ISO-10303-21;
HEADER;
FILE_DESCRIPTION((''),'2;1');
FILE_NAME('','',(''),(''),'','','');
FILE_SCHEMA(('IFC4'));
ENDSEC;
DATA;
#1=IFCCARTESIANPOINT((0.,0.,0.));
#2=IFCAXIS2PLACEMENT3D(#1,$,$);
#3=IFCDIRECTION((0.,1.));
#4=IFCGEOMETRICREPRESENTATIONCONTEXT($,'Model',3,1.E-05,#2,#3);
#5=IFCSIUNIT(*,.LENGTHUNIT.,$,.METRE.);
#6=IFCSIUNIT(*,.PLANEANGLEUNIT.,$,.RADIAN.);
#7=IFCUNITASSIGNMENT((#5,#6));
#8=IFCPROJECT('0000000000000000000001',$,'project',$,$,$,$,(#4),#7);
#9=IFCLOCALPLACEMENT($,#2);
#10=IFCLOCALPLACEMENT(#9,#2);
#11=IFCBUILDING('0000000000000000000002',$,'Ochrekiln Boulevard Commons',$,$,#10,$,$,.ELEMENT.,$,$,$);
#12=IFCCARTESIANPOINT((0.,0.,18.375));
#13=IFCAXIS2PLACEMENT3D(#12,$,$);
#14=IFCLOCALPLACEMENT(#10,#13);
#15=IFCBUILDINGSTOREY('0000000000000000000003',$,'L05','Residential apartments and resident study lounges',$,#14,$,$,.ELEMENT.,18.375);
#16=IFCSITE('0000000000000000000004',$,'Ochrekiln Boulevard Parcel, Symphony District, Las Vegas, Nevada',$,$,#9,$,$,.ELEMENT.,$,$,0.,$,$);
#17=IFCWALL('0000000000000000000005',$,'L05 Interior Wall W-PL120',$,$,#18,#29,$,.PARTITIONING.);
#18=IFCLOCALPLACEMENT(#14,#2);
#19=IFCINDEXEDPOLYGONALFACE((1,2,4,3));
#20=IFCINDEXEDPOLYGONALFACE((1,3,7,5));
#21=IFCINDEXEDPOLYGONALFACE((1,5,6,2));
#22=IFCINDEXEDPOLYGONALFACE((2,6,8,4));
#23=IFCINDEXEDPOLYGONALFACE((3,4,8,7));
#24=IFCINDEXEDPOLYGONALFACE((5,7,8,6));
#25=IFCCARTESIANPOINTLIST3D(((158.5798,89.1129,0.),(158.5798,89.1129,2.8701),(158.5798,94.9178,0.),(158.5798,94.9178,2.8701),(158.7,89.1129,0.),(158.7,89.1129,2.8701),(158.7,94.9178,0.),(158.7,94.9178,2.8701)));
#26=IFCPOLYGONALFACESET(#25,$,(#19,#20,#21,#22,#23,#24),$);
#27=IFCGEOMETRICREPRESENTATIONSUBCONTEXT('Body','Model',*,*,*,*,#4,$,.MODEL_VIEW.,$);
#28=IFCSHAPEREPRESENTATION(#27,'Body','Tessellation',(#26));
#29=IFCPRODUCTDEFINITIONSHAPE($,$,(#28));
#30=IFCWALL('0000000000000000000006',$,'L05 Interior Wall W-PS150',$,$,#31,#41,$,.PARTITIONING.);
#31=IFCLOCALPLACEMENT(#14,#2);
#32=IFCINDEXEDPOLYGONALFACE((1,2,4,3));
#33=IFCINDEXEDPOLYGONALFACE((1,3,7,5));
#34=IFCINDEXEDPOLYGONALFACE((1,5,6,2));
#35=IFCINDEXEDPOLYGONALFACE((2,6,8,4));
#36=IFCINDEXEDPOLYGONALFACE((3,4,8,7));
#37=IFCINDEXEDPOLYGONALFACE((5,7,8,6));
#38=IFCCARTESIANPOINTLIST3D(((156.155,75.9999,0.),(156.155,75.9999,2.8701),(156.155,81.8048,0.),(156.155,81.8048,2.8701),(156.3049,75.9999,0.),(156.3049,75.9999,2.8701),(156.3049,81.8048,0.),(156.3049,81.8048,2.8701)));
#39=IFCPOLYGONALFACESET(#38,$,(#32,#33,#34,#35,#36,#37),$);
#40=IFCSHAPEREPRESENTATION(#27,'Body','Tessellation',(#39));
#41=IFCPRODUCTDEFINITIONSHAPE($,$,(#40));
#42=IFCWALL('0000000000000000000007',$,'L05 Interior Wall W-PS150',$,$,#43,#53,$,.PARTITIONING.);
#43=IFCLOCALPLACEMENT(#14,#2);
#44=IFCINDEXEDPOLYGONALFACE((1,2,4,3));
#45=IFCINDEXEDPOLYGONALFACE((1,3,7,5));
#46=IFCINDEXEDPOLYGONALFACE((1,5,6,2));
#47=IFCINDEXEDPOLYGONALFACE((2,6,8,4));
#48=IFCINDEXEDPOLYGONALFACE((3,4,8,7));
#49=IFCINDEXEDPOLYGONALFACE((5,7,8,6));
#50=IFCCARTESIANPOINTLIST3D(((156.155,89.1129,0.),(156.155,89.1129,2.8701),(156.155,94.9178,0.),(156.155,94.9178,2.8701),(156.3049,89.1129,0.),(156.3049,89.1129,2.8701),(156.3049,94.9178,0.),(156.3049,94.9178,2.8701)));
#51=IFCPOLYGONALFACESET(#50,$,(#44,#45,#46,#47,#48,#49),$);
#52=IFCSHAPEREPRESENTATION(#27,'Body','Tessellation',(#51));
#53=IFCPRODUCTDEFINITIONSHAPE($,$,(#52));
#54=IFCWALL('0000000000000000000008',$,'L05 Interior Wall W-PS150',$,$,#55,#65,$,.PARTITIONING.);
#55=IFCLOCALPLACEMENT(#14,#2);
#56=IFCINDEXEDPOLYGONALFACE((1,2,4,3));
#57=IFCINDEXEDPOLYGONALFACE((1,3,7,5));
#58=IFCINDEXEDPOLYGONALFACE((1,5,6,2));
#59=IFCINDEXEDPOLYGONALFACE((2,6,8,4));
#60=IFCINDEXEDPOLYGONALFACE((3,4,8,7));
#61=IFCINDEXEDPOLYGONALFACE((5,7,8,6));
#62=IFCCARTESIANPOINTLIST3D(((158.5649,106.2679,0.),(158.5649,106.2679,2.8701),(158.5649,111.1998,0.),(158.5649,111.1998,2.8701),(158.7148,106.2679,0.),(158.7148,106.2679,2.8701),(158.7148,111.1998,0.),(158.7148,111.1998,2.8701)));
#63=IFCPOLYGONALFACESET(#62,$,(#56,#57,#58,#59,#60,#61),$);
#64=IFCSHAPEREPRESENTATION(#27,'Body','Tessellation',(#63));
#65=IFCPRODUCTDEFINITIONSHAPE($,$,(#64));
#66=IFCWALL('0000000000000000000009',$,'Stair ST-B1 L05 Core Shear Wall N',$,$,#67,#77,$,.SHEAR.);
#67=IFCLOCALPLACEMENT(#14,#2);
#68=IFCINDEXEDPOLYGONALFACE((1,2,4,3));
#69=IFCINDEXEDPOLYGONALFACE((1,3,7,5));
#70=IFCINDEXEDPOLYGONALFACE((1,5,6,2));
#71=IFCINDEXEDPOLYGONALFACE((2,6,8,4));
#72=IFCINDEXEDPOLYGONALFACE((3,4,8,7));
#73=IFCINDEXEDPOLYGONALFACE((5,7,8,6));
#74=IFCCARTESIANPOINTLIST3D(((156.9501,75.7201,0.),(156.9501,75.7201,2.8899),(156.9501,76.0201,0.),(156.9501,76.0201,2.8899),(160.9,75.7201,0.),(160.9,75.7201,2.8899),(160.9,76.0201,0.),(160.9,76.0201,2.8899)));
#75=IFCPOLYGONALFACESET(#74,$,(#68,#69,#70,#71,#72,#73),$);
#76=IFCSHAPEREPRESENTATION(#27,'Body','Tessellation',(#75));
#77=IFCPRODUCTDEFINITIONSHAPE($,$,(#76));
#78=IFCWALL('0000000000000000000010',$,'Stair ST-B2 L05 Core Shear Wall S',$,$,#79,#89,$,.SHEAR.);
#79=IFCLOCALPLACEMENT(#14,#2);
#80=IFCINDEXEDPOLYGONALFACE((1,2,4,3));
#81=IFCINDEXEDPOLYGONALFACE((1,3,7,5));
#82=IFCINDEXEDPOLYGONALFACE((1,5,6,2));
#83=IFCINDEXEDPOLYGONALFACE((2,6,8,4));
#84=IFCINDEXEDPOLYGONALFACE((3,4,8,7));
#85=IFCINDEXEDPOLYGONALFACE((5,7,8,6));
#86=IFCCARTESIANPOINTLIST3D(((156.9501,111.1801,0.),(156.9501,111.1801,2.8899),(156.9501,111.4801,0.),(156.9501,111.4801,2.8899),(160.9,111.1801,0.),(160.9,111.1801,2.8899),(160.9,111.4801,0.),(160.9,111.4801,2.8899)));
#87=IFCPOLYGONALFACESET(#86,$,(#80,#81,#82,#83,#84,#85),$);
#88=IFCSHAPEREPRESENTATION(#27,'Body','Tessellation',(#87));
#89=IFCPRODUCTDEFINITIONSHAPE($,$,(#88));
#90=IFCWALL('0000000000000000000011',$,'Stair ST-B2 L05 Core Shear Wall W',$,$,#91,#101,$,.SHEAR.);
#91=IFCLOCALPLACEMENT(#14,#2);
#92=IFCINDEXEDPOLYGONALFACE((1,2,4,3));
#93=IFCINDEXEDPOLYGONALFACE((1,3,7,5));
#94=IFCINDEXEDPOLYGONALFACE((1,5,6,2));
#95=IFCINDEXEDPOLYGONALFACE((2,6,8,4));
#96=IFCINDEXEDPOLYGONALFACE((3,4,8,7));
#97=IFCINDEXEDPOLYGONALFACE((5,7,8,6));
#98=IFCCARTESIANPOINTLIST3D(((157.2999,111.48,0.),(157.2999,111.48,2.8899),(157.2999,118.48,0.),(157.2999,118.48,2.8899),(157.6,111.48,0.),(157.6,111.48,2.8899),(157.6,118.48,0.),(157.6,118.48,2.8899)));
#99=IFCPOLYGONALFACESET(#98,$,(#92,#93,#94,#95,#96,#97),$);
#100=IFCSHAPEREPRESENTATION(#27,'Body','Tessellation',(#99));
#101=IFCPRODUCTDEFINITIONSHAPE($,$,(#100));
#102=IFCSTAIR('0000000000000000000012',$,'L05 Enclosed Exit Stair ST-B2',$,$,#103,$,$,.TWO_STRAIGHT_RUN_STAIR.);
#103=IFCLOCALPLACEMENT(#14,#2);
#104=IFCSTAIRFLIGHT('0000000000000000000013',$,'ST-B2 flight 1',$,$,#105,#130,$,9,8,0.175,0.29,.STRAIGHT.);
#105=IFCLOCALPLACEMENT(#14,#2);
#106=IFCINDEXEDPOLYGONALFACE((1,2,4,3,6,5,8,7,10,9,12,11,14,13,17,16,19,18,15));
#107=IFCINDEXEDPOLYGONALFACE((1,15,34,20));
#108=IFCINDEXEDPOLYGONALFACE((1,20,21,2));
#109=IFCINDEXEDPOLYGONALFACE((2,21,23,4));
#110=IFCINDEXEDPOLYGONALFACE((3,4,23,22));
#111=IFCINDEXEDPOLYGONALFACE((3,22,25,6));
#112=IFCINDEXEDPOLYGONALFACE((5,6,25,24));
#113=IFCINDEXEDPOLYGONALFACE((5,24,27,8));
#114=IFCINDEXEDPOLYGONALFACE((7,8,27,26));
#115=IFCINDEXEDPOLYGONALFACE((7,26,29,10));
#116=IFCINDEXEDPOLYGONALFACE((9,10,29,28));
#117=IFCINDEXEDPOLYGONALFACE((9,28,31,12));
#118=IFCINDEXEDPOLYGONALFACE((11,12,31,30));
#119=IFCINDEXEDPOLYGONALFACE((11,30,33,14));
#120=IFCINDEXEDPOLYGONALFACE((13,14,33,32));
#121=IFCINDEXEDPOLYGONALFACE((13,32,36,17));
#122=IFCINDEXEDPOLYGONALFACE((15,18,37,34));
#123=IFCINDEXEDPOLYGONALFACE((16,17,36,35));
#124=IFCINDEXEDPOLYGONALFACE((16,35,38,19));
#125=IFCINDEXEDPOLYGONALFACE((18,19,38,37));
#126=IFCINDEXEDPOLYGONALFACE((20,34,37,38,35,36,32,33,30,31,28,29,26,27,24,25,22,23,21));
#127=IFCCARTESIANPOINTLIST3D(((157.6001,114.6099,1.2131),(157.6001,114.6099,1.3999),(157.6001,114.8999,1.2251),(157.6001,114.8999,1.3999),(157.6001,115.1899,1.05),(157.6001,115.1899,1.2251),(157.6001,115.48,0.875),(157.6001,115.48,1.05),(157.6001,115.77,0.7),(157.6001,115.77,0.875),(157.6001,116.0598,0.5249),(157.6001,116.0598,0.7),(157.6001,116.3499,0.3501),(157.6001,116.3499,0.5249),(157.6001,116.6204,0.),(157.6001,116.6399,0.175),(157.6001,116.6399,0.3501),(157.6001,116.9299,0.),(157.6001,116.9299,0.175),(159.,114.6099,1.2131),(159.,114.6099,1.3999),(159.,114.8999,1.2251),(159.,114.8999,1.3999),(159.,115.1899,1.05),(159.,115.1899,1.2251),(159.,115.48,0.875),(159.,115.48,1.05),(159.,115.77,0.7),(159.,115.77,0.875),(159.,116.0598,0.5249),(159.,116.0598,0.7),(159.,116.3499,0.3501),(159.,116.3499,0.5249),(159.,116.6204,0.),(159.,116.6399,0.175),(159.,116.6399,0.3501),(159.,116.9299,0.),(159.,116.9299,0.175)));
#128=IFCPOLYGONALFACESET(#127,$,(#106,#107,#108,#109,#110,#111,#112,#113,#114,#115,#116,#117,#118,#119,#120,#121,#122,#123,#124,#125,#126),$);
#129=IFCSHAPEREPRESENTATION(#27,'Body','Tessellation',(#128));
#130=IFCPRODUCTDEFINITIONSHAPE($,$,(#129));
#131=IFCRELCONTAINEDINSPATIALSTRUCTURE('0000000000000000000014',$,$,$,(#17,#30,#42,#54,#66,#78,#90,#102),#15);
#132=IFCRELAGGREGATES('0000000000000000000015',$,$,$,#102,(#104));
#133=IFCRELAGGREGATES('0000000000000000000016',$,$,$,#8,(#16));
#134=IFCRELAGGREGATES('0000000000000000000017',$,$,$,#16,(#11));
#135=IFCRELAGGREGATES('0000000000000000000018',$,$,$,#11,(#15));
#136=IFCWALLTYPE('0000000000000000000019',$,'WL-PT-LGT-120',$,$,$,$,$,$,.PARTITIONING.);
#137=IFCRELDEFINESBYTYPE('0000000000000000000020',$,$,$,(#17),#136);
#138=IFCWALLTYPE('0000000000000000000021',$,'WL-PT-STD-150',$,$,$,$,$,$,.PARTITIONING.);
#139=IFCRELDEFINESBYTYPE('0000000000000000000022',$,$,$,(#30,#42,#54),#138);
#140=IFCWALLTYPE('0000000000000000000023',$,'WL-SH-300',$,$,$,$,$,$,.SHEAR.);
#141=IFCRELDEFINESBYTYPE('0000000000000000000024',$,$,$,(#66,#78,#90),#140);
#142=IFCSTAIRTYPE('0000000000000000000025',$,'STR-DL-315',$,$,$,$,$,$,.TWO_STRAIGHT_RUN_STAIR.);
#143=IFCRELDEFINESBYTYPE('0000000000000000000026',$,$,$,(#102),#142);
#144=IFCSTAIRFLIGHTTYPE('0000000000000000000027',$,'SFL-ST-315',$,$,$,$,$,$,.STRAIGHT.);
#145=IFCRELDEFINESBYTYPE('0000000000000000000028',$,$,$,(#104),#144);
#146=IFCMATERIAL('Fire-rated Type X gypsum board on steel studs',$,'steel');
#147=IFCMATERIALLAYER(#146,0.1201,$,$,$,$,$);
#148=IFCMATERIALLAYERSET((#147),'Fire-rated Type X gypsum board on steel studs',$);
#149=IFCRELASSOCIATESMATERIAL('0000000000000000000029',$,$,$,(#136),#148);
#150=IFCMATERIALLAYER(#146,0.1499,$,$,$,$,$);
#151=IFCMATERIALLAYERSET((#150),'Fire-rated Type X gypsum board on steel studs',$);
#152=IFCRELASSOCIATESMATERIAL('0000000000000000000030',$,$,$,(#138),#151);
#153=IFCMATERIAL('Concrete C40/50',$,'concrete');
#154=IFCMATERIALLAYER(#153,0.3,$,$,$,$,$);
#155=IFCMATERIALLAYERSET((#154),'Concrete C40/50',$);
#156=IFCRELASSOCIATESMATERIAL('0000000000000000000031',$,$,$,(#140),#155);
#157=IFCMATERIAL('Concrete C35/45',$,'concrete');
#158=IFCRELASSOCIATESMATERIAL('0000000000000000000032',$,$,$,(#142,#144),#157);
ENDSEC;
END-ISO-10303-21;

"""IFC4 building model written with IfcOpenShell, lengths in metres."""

from ifc_helpers import new_model, si_unit, direction, frame, frame_2d, origin, place, context, subcontext, project, spatial, polyline, rectangle, outline, extrude, material, layer, layer_set, type_object, element, aggregate, save


model = new_model("IFC4")

# Units and contexts
model_context = context("Model", 3, precision=1e-05, world=origin(), true_north=direction((0.0, 1.0)))
body_context = subcontext(model_context, "Body", "Model", "MODEL_VIEW")
ifc_project = project(units=[si_unit("LENGTHUNIT", "METRE"), si_unit("PLANEANGLEUNIT", "RADIAN")], contexts=[model_context])

# Site, building, storey
site_placement = place(None, origin())
site = spatial("IfcSite", under=ifc_project, at=site_placement, Name="Ochrekiln Boulevard Parcel, Symphony District, Las Vegas, Nevada", CompositionType="ELEMENT", RefElevation=0.0)
building_placement = place(site_placement, origin())
building = spatial("IfcBuilding", under=site, at=building_placement, Name="Ochrekiln Boulevard Commons", CompositionType="ELEMENT")
storey_placement = place(building_placement, frame((0.0, 0.0, 18.375)))
storey = spatial("IfcBuildingStorey", under=building, at=storey_placement, Name="L05", Description="Residential apartments and resident study lounges", CompositionType="ELEMENT", Elevation=18.375)

# Shared definitions
ifc_material_1 = material(Name="Concrete C40/50", Category="concrete")

# Shared definitions
ifc_material_2 = material(Name="Concrete C35/45", Category="concrete")

# Shared definitions
ifc_material_3 = material(Name="Fire-rated Type X gypsum board on steel studs", Category="steel")

# Shared definitions
ifc_layer_1 = layer(ifc_material_3, 0.1201)
ifc_layer_set_1 = layer_set([ifc_layer_1], Name="Fire-rated Type X gypsum board on steel studs")
wall_type_1 = type_object("IfcWallType", Name="WL-PT-LGT-120", PredefinedType="PARTITIONING", material=ifc_layer_set_1)

# Walls
wall_1_placement = place(storey_placement, frame((158.6399, 89.113, 0.0), z_axis=(0.0, 0.0, 1.0), x_axis=(0.0, 1.0, 0.0)))
element("IfcWall", 1, at=wall_1_placement, inside=storey, type_object=wall_type_1, Name="L05 Interior Wall W-PL120", PredefinedType="PARTITIONING", context=body_context, shape_type="SweptSolid", body=[
    extrude(rectangle(XDim=5.8049, YDim=0.1201, at=frame_2d((2.9023, 0.0))), origin(), (0.0, 0.0, 1.0), 2.8701),
])
ifc_layer_2 = layer(ifc_material_3, 0.1499)
ifc_layer_set_2 = layer_set([ifc_layer_2], Name="Fire-rated Type X gypsum board on steel studs")
wall_type_2 = type_object("IfcWallType", Name="WL-PT-STD-150", PredefinedType="PARTITIONING", material=ifc_layer_set_2)
for number, where, z_axis, x_axis, name in (
    (2, (156.23, 76.0, 0.0), (0.0, 0.0, 1.0), (0.0, 1.0, 0.0), "L05 Interior Wall W-PS150"),
    (3, (156.23, 89.113, 0.0), (0.0, 0.0, 1.0), (0.0, 1.0, 0.0), "L05 Interior Wall W-PS150"),
):
    element("IfcWall", number, at=place(storey_placement, frame(where, z_axis=z_axis, x_axis=x_axis)), inside=storey, type_object=wall_type_2, Name=name, PredefinedType="PARTITIONING", context=body_context, shape_type="SweptSolid", body=[
        extrude(rectangle(XDim=5.8049, YDim=0.1499, at=frame_2d((2.9023, 0.0))), origin(), (0.0, 0.0, 1.0), 2.8701),
    ])
wall_2_placement = place(storey_placement, frame((158.6399, 106.2681, 0.0), z_axis=(0.0, 0.0, 1.0), x_axis=(0.0, 1.0, 0.0)))
element("IfcWall", 4, at=wall_2_placement, inside=storey, type_object=wall_type_2, Name="L05 Interior Wall W-PS150", PredefinedType="PARTITIONING", context=body_context, shape_type="SweptSolid", body=[
    extrude(rectangle(XDim=4.9319, YDim=0.1499, at=frame_2d((2.4658, 0.0))), origin(), (0.0, 0.0, 1.0), 2.8701),
])
ifc_layer_3 = layer(ifc_material_1, 0.3)
ifc_layer_set_3 = layer_set([ifc_layer_3], Name="Concrete C40/50")
wall_type_3 = type_object("IfcWallType", Name="WL-SH-300", PredefinedType="SHEAR", material=ifc_layer_set_3)
for number, where, z_axis, x_axis, name in (
    (5, (156.95, 75.8701, 0.0), (0.0, 0.0, 1.0), (1.0, 0.0, 0.0), "Stair ST-B1 L05 Core Shear Wall N"),
    (6, (156.95, 111.3301, 0.0), (0.0, 0.0, 1.0), (1.0, 0.0, 0.0), "Stair ST-B2 L05 Core Shear Wall S"),
):
    element("IfcWall", number, at=place(storey_placement, frame(where, z_axis=z_axis, x_axis=x_axis)), inside=storey, type_object=wall_type_3, Name=name, PredefinedType="SHEAR", context=body_context, shape_type="SweptSolid", body=[
        extrude(rectangle(XDim=3.95, YDim=0.3, at=frame_2d((1.9751, 0.0))), origin(), (0.0, 0.0, 1.0), 2.8899),
    ])
wall_3_placement = place(storey_placement, frame((157.45, 111.48, 0.0), z_axis=(0.0, 0.0, 1.0), x_axis=(0.0, 1.0, 0.0)))
element("IfcWall", 7, at=wall_3_placement, inside=storey, type_object=wall_type_3, Name="Stair ST-B2 L05 Core Shear Wall W", PredefinedType="SHEAR", context=body_context, shape_type="SweptSolid", body=[
    extrude(rectangle(XDim=7.0, YDim=0.3, at=frame_2d((3.5, 0.0))), origin(), (0.0, 0.0, 1.0), 2.8899),
])

# Stair, stair flight
stair_type = type_object("IfcStairType", Name="STR-DL-315", PredefinedType="TWO_STRAIGHT_RUN_STAIR", material=ifc_material_2)
stair_placement = place(storey_placement, origin())
stair = element("IfcStair", 8, at=stair_placement, inside=storey, type_object=stair_type, Name="L05 Enclosed Exit Stair ST-B2", PredefinedType="TWO_STRAIGHT_RUN_STAIR")
stair_flight_type = type_object("IfcStairFlightType", Name="SFL-ST-315", PredefinedType="STRAIGHT", material=ifc_material_2)
stair_flight_placement = place(storey_placement, frame((158.3, 116.9299, 0.0), z_axis=(0.0, 0.0, 1.0), x_axis=(0.0, -1.0, 0.0)))
stair_flight = element("IfcStairFlight", 9, at=stair_flight_placement, type_object=stair_flight_type, Name="ST-B2 flight 1", NumberOfRisers=9, NumberOfTreads=8, PredefinedType="STRAIGHT", RiserHeight=0.175, TreadLength=0.29, context=body_context, shape_type="SweptSolid", body=[
    extrude(outline(polyline([(0.0, 0.0), (0.0, 0.175), (0.29, 0.175), (0.29, 0.3501), (0.5801, 0.3501), (0.5801, 0.5249), (0.8701, 0.5249), (0.8701, 0.7), (1.1599, 0.7), (1.1599, 0.875), (1.45, 0.875), (1.45, 1.05), (1.74, 1.05), (1.74, 1.2251), (2.03, 1.2251), (2.03, 1.3999), (2.3201, 1.3999), (2.3201, 1.575), (2.3201, 1.2131), (0.3096, 0.0), (0.0, 0.0)])), frame((0.0, 0.7, 0.0), z_axis=(0.0, -1.0, 0.0), x_axis=(1.0, 0.0, 0.0)), (0.0, 0.0, 1.0), 1.3999),
])
aggregate(stair, [stair_flight])

save(model, "model.ifc")
